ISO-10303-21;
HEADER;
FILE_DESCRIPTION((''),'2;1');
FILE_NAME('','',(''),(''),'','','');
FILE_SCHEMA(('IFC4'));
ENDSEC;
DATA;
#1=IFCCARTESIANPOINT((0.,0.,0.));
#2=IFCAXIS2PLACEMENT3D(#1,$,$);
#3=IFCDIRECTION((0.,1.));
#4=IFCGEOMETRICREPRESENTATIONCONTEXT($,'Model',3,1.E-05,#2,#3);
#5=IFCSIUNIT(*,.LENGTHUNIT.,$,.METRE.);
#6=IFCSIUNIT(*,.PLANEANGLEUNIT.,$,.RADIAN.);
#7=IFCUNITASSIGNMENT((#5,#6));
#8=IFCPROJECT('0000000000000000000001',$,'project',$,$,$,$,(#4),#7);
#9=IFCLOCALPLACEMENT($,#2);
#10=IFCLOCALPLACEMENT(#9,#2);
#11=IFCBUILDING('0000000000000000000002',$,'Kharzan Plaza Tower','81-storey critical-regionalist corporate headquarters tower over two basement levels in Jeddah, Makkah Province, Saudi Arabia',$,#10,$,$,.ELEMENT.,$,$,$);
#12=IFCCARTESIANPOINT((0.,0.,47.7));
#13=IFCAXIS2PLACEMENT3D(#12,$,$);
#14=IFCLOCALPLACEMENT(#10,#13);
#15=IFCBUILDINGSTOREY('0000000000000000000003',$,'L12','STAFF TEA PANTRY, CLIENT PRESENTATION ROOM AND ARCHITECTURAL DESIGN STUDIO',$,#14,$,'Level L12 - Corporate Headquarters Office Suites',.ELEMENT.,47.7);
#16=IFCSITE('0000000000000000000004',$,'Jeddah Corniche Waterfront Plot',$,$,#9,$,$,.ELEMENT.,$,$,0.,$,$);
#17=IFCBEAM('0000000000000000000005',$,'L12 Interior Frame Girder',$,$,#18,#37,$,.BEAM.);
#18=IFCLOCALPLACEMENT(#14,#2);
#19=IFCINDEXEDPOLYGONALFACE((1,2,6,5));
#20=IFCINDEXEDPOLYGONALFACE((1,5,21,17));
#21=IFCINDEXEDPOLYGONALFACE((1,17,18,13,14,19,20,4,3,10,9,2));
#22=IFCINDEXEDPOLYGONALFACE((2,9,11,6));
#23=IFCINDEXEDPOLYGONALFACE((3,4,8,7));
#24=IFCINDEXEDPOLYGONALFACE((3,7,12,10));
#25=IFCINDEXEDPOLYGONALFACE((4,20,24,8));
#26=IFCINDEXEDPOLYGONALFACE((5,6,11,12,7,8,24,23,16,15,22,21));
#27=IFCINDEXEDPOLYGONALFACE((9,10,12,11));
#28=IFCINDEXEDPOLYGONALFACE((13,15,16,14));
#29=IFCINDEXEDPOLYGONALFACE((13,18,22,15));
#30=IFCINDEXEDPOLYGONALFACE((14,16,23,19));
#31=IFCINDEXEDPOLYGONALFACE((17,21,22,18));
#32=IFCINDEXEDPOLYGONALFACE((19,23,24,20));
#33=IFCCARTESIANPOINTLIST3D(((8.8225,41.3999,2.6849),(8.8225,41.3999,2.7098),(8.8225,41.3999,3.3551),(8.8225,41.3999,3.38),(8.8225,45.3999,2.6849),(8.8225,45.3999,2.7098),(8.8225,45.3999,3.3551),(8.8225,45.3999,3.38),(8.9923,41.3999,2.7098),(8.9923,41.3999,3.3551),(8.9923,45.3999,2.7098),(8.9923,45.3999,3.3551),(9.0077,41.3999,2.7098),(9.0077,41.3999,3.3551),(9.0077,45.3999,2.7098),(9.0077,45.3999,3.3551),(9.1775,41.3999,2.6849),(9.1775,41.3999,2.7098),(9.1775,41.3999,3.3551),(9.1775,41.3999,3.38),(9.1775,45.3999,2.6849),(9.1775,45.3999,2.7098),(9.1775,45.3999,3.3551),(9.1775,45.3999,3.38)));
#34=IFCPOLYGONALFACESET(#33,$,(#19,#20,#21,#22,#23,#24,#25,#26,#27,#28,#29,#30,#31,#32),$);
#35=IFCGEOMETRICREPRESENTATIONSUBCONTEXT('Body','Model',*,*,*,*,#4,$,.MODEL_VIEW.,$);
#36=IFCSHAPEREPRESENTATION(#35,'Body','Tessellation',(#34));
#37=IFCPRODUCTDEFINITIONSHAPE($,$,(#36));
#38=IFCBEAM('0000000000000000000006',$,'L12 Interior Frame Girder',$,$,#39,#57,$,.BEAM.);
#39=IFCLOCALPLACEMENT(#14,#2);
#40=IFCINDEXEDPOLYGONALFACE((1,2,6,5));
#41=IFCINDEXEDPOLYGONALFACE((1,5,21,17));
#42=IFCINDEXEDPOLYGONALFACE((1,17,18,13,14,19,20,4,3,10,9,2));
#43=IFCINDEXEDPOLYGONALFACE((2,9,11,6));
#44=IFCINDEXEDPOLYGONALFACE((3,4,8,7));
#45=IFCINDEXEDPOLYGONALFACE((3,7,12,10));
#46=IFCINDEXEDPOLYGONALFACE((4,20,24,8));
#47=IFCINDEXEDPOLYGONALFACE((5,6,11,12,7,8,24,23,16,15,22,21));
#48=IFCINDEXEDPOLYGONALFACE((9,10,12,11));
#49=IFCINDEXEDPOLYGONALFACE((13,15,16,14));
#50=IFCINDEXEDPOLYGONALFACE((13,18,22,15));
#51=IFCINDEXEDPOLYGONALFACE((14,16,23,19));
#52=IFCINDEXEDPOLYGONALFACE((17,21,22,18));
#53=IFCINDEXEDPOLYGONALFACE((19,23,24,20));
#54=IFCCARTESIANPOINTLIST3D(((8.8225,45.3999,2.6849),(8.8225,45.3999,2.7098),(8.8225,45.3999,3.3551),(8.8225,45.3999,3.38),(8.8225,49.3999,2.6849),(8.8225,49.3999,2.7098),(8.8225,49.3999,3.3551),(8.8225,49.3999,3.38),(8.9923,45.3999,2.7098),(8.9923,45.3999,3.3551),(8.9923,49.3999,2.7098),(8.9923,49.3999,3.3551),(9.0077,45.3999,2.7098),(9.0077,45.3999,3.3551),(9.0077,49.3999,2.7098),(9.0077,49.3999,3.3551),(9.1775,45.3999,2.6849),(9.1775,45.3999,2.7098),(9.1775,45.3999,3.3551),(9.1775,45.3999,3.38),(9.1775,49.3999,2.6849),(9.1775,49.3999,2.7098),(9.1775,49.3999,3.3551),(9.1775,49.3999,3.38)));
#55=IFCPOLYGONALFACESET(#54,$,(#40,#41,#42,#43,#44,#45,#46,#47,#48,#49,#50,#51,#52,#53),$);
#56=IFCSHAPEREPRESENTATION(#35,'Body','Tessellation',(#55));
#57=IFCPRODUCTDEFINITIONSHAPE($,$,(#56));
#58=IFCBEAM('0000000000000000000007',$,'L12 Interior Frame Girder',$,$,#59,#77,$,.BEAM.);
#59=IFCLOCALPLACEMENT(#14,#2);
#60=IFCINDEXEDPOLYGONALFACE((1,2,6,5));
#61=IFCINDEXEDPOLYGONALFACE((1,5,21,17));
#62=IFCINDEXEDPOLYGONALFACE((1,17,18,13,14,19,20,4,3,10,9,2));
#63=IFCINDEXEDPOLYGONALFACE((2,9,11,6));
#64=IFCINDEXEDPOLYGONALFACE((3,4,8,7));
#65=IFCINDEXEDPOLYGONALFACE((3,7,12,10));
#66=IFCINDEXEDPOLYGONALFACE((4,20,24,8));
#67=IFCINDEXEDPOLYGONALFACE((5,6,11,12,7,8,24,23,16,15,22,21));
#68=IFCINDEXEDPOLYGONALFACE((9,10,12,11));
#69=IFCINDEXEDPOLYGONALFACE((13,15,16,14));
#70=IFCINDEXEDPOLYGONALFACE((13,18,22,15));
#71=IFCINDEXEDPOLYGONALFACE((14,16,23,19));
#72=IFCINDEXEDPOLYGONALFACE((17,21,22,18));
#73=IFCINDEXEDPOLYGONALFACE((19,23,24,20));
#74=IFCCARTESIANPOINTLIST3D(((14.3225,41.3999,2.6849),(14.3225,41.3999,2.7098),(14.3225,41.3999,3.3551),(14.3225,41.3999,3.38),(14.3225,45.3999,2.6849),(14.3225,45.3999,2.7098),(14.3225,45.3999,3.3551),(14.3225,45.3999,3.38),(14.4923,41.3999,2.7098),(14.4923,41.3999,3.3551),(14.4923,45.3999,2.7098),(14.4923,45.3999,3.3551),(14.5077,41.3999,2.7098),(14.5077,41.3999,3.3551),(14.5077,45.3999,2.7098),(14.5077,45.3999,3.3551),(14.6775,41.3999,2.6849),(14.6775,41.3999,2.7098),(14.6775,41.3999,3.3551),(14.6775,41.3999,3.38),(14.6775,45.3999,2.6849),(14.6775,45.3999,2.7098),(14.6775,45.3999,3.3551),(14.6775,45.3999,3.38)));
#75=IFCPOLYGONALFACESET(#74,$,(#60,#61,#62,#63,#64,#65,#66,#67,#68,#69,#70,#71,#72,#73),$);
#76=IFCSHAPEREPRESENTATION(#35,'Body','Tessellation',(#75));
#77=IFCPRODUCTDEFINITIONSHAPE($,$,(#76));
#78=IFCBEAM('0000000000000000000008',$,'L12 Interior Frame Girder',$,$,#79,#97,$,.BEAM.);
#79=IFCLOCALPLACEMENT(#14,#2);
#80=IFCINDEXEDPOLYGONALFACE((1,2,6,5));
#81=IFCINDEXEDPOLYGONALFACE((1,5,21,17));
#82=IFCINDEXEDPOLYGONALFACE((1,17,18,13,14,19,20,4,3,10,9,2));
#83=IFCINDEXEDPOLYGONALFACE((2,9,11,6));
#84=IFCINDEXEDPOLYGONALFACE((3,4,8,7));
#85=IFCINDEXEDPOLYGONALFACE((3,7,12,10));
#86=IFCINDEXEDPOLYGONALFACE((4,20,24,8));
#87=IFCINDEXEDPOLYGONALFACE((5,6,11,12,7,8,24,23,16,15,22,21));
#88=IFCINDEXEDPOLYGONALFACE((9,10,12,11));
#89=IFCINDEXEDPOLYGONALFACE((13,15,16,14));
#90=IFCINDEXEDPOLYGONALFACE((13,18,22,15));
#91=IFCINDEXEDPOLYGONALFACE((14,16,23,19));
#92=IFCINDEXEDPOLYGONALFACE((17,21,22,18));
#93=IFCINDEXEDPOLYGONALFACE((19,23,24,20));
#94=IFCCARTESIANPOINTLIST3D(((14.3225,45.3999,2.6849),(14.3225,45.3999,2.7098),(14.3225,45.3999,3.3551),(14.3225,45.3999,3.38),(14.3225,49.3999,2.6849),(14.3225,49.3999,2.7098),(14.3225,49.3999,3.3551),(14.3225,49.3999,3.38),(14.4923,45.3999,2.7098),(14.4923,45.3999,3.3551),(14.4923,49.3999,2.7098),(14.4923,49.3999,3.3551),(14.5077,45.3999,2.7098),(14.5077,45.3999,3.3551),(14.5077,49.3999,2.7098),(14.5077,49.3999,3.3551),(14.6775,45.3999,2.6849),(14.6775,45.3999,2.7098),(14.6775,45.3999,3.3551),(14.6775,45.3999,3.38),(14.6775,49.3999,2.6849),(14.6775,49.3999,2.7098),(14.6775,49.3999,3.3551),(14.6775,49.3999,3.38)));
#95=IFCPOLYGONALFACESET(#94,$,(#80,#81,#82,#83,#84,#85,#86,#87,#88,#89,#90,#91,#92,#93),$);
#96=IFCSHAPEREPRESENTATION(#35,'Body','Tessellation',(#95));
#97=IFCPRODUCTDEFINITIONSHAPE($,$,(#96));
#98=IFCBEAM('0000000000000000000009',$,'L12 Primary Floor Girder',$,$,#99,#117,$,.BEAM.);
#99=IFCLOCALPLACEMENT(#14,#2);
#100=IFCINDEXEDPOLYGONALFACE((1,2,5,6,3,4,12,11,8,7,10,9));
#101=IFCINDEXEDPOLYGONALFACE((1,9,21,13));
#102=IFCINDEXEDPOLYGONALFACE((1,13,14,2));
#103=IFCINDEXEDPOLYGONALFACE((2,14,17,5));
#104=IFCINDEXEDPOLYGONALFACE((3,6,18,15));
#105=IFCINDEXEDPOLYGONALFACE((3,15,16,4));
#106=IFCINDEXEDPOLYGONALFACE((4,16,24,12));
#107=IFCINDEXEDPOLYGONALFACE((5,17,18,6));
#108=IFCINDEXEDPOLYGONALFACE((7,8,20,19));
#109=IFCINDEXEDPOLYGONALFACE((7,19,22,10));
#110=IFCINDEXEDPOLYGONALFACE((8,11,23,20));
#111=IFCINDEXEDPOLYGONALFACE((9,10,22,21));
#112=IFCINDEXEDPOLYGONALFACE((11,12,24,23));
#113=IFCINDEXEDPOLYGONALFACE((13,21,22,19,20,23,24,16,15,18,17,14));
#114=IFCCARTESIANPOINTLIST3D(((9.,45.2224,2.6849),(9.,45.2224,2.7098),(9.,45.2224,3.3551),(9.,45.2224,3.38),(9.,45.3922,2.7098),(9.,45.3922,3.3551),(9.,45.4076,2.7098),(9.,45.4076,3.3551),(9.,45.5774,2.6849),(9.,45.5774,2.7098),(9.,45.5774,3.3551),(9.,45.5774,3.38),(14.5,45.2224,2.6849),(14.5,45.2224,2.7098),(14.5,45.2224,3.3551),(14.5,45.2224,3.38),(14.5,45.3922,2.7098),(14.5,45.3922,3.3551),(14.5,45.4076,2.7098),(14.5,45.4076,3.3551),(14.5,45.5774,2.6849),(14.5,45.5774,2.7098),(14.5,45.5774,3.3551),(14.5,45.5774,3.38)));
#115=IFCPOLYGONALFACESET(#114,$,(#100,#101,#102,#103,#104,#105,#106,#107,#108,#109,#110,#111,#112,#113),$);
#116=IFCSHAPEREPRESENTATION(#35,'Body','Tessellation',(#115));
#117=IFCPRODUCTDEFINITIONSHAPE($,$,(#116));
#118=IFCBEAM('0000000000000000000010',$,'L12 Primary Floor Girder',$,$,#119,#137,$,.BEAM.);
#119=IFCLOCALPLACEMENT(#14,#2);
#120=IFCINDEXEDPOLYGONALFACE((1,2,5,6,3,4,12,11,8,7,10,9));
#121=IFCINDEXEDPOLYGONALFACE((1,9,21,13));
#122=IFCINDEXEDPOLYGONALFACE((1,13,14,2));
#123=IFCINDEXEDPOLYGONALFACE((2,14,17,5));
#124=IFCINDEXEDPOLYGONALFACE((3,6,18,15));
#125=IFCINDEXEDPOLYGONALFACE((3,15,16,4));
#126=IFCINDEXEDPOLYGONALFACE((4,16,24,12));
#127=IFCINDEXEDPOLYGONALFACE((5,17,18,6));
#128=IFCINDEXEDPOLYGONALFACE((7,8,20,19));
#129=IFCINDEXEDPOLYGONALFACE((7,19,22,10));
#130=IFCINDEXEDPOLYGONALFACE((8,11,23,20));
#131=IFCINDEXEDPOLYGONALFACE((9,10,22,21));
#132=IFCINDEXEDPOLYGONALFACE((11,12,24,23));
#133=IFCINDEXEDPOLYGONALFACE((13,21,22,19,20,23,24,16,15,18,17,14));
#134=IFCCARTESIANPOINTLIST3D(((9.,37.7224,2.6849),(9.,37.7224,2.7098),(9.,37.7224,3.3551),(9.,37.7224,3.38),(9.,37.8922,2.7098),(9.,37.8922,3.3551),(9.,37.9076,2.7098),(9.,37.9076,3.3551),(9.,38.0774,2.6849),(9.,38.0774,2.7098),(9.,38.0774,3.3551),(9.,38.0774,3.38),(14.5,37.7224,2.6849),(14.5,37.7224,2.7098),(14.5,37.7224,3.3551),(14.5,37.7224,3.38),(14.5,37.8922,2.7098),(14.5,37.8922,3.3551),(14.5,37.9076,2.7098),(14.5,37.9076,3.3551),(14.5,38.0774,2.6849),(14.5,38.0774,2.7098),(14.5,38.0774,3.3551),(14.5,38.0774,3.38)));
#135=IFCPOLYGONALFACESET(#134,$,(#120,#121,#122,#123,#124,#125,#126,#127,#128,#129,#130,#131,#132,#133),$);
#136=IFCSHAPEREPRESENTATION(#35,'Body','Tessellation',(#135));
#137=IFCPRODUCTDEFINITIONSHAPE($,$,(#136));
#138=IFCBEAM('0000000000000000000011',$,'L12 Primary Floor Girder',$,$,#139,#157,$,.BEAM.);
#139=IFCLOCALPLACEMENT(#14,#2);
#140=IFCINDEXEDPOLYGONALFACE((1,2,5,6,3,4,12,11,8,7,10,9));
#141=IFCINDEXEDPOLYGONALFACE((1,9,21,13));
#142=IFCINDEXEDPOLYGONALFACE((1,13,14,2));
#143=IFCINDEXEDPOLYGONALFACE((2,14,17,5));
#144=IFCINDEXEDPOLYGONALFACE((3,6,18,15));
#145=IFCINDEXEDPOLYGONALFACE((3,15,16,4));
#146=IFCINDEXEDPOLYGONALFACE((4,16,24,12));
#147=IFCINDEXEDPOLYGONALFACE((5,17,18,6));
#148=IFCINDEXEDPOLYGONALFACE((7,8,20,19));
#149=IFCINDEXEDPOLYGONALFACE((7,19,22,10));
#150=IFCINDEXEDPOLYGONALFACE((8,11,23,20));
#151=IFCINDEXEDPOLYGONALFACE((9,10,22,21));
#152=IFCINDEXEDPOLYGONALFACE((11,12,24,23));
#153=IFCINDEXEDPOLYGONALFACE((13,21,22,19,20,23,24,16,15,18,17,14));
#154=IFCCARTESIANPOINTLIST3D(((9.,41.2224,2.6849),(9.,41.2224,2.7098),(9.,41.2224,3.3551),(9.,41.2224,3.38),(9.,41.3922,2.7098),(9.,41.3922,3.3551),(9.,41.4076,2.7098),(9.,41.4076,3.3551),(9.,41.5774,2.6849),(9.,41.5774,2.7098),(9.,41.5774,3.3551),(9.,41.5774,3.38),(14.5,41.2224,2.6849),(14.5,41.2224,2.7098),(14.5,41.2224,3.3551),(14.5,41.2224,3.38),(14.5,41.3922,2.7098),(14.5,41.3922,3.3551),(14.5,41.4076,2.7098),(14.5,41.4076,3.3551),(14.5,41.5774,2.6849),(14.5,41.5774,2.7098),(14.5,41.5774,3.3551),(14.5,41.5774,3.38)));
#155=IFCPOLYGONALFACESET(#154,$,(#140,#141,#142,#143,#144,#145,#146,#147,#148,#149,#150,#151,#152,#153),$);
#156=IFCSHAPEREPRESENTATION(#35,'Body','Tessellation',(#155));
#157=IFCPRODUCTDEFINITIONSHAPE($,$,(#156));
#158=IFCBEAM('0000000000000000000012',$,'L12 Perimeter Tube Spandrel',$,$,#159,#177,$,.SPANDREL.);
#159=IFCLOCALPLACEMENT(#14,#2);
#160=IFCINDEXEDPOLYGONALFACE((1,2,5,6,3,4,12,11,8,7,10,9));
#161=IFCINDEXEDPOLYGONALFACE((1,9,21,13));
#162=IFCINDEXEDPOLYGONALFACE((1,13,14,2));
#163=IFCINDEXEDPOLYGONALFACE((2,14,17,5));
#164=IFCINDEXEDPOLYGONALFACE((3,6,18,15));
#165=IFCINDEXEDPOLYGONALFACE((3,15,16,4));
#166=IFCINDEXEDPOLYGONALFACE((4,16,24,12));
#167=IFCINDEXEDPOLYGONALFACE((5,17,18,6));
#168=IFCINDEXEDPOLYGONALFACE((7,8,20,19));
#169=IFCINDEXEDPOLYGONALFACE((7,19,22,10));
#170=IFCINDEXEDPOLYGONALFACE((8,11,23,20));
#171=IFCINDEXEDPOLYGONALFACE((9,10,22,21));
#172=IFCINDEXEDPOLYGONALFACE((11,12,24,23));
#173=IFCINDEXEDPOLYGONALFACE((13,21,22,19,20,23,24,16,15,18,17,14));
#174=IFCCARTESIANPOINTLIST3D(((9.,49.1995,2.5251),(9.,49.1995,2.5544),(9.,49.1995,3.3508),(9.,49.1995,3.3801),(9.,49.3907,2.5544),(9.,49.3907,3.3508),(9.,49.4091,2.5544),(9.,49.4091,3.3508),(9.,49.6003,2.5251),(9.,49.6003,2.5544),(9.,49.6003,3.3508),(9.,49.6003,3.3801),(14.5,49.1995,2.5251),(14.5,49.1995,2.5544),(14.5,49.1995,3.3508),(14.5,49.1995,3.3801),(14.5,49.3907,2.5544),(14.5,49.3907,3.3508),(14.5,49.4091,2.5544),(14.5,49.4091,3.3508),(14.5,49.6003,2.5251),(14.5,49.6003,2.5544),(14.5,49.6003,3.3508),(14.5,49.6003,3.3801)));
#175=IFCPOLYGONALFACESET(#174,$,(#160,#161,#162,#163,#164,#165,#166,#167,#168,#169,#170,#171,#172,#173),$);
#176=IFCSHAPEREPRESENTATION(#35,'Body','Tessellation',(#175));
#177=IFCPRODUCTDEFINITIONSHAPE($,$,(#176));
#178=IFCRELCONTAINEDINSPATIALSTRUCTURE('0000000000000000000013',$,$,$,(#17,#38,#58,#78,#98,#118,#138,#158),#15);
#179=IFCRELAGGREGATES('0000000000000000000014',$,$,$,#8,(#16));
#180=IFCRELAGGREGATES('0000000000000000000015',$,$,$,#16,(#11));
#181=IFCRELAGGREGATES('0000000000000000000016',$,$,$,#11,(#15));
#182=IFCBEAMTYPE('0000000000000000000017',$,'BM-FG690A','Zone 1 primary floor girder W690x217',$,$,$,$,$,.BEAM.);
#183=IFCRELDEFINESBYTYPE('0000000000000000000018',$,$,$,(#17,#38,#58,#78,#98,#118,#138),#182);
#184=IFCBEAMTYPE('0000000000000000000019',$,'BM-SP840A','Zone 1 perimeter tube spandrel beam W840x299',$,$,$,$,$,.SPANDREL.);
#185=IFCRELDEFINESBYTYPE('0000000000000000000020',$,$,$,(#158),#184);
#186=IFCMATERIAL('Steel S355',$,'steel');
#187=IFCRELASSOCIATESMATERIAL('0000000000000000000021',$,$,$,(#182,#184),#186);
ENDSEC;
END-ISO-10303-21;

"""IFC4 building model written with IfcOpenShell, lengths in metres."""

from ifc_helpers import new_model, si_unit, direction, frame, origin, origin_2d, place, context, subcontext, project, spatial, i_section, extrude, source, transform, mapped, material, material_profile, profile_set, type_object, element, save


model = new_model("IFC4")

# Units and contexts
model_context = context("Model", 3, precision=1e-05, world=origin(), true_north=direction((0.0, 1.0)))
body_context = subcontext(model_context, "Body", "Model", "MODEL_VIEW")
ifc_project = project(units=[si_unit("LENGTHUNIT", "METRE"), si_unit("PLANEANGLEUNIT", "RADIAN")], contexts=[model_context])

# Site, building, storey
site_placement = place(None, origin())
site = spatial("IfcSite", under=ifc_project, at=site_placement, Name="Jeddah Corniche Waterfront Plot", CompositionType="ELEMENT", RefElevation=0.0)
building_placement = place(site_placement, origin())
building = spatial("IfcBuilding", under=site, at=building_placement, Name="Kharzan Plaza Tower", Description="81-storey critical-regionalist corporate headquarters tower over two basement levels in Jeddah, Makkah Province, Saudi Arabia", CompositionType="ELEMENT")
storey_placement = place(building_placement, frame((0.0, 0.0, 47.7)))
storey = spatial("IfcBuildingStorey", under=building, at=storey_placement, Name="L12", Description="STAFF TEA PANTRY, CLIENT PRESENTATION ROOM AND ARCHITECTURAL DESIGN STUDIO", LongName="Level L12 - Corporate Headquarters Office Suites", CompositionType="ELEMENT", Elevation=47.7)

# Beams
ifc_material_1 = material(Name="Steel S355", Category="steel")
ifc_material_profile_1 = material_profile(ifc_material_1, i_section(OverallWidth=0.355, OverallDepth=0.6951, WebThickness=0.0154, FlangeThickness=0.0249, at=origin_2d()), Name="W690x217")
ifc_profile_set_1 = profile_set([ifc_material_profile_1], Name="Steel S355")
beam_type_1 = type_object("IfcBeamType", Name="BM-FG690A", Description="Zone 1 primary floor girder W690x217", PredefinedType="BEAM", material=ifc_profile_set_1)
shared_shape_1 = source(origin(), body_context, "Body", "SweptSolid", [
    extrude(i_section(OverallWidth=0.355, OverallDepth=0.6951, WebThickness=0.0154, FlangeThickness=0.0249, at=origin_2d()), origin(), (0.0, 0.0, 1.0), 4.0),
])
for number, where, z_axis, x_axis, name in (
    (1, (9.0, 41.3999, 3.0325), (0.0, 1.0, 0.0), (-1.0, 0.0, 0.0), "L12 Interior Frame Girder"),
    (2, (9.0, 45.3999, 3.0325), (0.0, 1.0, 0.0), (-1.0, 0.0, 0.0), "L12 Interior Frame Girder"),
    (3, (14.5, 41.3999, 3.0325), (0.0, 1.0, 0.0), (-1.0, 0.0, 0.0), "L12 Interior Frame Girder"),
    (4, (14.5, 45.3999, 3.0325), (0.0, 1.0, 0.0), (-1.0, 0.0, 0.0), "L12 Interior Frame Girder"),
):
    element("IfcBeam", number, at=place(storey_placement, frame(where, z_axis=z_axis, x_axis=x_axis)), inside=storey, type_object=beam_type_1, Name=name, PredefinedType="BEAM", context=body_context, shape_type="MappedRepresentation", body=[
        mapped(shared_shape_1, transform((0.0, 0.0, 0.0), x_axis=(1.0, 0.0, 0.0), y_axis=(0.0, 1.0, 0.0), z_axis=(0.0, 0.0, 1.0))),
    ])
shared_shape_2 = source(origin(), body_context, "Body", "SweptSolid", [
    extrude(i_section(OverallWidth=0.355, OverallDepth=0.6951, WebThickness=0.0154, FlangeThickness=0.0249, at=origin_2d()), origin(), (0.0, 0.0, 1.0), 5.5),
])
for number, where, z_axis, x_axis, name in (
    (5, (9.0, 45.3999, 3.0325), (1.0, 0.0, 0.0), (0.0, 1.0, 0.0), "L12 Primary Floor Girder"),
    (6, (9.0, 37.8999, 3.0325), (1.0, 0.0, 0.0), (0.0, 1.0, 0.0), "L12 Primary Floor Girder"),
    (7, (9.0, 41.3999, 3.0325), (1.0, 0.0, 0.0), (0.0, 1.0, 0.0), "L12 Primary Floor Girder"),
):
    element("IfcBeam", number, at=place(storey_placement, frame(where, z_axis=z_axis, x_axis=x_axis)), inside=storey, type_object=beam_type_1, Name=name, PredefinedType="BEAM", context=body_context, shape_type="MappedRepresentation", body=[
        mapped(shared_shape_2, transform((0.0, 0.0, 0.0), x_axis=(1.0, 0.0, 0.0), y_axis=(0.0, 1.0, 0.0), z_axis=(0.0, 0.0, 1.0))),
    ])
ifc_material_profile_2 = material_profile(ifc_material_1, i_section(OverallWidth=0.4009, OverallDepth=0.855, WebThickness=0.0183, FlangeThickness=0.0293, at=origin_2d()), Name="W840x299")
ifc_profile_set_2 = profile_set([ifc_material_profile_2], Name="Steel S355")
beam_type_2 = type_object("IfcBeamType", Name="BM-SP840A", Description="Zone 1 perimeter tube spandrel beam W840x299", PredefinedType="SPANDREL", material=ifc_profile_set_2)
shared_shape_3 = source(origin(), body_context, "Body", "SweptSolid", [
    extrude(i_section(OverallWidth=0.4009, OverallDepth=0.855, WebThickness=0.0183, FlangeThickness=0.0293, at=origin_2d()), origin(), (0.0, 0.0, 1.0), 5.5),
])
beam_placement = place(storey_placement, frame((9.0, 49.3999, 2.9526), z_axis=(1.0, 0.0, 0.0), x_axis=(0.0, 1.0, 0.0)))
element("IfcBeam", 8, at=beam_placement, inside=storey, type_object=beam_type_2, Name="L12 Perimeter Tube Spandrel", PredefinedType="SPANDREL", context=body_context, shape_type="MappedRepresentation", body=[
    mapped(shared_shape_3, transform((0.0, 0.0, 0.0), x_axis=(1.0, 0.0, 0.0), y_axis=(0.0, 1.0, 0.0), z_axis=(0.0, 0.0, 1.0))),
])

save(model, "model.ifc")
